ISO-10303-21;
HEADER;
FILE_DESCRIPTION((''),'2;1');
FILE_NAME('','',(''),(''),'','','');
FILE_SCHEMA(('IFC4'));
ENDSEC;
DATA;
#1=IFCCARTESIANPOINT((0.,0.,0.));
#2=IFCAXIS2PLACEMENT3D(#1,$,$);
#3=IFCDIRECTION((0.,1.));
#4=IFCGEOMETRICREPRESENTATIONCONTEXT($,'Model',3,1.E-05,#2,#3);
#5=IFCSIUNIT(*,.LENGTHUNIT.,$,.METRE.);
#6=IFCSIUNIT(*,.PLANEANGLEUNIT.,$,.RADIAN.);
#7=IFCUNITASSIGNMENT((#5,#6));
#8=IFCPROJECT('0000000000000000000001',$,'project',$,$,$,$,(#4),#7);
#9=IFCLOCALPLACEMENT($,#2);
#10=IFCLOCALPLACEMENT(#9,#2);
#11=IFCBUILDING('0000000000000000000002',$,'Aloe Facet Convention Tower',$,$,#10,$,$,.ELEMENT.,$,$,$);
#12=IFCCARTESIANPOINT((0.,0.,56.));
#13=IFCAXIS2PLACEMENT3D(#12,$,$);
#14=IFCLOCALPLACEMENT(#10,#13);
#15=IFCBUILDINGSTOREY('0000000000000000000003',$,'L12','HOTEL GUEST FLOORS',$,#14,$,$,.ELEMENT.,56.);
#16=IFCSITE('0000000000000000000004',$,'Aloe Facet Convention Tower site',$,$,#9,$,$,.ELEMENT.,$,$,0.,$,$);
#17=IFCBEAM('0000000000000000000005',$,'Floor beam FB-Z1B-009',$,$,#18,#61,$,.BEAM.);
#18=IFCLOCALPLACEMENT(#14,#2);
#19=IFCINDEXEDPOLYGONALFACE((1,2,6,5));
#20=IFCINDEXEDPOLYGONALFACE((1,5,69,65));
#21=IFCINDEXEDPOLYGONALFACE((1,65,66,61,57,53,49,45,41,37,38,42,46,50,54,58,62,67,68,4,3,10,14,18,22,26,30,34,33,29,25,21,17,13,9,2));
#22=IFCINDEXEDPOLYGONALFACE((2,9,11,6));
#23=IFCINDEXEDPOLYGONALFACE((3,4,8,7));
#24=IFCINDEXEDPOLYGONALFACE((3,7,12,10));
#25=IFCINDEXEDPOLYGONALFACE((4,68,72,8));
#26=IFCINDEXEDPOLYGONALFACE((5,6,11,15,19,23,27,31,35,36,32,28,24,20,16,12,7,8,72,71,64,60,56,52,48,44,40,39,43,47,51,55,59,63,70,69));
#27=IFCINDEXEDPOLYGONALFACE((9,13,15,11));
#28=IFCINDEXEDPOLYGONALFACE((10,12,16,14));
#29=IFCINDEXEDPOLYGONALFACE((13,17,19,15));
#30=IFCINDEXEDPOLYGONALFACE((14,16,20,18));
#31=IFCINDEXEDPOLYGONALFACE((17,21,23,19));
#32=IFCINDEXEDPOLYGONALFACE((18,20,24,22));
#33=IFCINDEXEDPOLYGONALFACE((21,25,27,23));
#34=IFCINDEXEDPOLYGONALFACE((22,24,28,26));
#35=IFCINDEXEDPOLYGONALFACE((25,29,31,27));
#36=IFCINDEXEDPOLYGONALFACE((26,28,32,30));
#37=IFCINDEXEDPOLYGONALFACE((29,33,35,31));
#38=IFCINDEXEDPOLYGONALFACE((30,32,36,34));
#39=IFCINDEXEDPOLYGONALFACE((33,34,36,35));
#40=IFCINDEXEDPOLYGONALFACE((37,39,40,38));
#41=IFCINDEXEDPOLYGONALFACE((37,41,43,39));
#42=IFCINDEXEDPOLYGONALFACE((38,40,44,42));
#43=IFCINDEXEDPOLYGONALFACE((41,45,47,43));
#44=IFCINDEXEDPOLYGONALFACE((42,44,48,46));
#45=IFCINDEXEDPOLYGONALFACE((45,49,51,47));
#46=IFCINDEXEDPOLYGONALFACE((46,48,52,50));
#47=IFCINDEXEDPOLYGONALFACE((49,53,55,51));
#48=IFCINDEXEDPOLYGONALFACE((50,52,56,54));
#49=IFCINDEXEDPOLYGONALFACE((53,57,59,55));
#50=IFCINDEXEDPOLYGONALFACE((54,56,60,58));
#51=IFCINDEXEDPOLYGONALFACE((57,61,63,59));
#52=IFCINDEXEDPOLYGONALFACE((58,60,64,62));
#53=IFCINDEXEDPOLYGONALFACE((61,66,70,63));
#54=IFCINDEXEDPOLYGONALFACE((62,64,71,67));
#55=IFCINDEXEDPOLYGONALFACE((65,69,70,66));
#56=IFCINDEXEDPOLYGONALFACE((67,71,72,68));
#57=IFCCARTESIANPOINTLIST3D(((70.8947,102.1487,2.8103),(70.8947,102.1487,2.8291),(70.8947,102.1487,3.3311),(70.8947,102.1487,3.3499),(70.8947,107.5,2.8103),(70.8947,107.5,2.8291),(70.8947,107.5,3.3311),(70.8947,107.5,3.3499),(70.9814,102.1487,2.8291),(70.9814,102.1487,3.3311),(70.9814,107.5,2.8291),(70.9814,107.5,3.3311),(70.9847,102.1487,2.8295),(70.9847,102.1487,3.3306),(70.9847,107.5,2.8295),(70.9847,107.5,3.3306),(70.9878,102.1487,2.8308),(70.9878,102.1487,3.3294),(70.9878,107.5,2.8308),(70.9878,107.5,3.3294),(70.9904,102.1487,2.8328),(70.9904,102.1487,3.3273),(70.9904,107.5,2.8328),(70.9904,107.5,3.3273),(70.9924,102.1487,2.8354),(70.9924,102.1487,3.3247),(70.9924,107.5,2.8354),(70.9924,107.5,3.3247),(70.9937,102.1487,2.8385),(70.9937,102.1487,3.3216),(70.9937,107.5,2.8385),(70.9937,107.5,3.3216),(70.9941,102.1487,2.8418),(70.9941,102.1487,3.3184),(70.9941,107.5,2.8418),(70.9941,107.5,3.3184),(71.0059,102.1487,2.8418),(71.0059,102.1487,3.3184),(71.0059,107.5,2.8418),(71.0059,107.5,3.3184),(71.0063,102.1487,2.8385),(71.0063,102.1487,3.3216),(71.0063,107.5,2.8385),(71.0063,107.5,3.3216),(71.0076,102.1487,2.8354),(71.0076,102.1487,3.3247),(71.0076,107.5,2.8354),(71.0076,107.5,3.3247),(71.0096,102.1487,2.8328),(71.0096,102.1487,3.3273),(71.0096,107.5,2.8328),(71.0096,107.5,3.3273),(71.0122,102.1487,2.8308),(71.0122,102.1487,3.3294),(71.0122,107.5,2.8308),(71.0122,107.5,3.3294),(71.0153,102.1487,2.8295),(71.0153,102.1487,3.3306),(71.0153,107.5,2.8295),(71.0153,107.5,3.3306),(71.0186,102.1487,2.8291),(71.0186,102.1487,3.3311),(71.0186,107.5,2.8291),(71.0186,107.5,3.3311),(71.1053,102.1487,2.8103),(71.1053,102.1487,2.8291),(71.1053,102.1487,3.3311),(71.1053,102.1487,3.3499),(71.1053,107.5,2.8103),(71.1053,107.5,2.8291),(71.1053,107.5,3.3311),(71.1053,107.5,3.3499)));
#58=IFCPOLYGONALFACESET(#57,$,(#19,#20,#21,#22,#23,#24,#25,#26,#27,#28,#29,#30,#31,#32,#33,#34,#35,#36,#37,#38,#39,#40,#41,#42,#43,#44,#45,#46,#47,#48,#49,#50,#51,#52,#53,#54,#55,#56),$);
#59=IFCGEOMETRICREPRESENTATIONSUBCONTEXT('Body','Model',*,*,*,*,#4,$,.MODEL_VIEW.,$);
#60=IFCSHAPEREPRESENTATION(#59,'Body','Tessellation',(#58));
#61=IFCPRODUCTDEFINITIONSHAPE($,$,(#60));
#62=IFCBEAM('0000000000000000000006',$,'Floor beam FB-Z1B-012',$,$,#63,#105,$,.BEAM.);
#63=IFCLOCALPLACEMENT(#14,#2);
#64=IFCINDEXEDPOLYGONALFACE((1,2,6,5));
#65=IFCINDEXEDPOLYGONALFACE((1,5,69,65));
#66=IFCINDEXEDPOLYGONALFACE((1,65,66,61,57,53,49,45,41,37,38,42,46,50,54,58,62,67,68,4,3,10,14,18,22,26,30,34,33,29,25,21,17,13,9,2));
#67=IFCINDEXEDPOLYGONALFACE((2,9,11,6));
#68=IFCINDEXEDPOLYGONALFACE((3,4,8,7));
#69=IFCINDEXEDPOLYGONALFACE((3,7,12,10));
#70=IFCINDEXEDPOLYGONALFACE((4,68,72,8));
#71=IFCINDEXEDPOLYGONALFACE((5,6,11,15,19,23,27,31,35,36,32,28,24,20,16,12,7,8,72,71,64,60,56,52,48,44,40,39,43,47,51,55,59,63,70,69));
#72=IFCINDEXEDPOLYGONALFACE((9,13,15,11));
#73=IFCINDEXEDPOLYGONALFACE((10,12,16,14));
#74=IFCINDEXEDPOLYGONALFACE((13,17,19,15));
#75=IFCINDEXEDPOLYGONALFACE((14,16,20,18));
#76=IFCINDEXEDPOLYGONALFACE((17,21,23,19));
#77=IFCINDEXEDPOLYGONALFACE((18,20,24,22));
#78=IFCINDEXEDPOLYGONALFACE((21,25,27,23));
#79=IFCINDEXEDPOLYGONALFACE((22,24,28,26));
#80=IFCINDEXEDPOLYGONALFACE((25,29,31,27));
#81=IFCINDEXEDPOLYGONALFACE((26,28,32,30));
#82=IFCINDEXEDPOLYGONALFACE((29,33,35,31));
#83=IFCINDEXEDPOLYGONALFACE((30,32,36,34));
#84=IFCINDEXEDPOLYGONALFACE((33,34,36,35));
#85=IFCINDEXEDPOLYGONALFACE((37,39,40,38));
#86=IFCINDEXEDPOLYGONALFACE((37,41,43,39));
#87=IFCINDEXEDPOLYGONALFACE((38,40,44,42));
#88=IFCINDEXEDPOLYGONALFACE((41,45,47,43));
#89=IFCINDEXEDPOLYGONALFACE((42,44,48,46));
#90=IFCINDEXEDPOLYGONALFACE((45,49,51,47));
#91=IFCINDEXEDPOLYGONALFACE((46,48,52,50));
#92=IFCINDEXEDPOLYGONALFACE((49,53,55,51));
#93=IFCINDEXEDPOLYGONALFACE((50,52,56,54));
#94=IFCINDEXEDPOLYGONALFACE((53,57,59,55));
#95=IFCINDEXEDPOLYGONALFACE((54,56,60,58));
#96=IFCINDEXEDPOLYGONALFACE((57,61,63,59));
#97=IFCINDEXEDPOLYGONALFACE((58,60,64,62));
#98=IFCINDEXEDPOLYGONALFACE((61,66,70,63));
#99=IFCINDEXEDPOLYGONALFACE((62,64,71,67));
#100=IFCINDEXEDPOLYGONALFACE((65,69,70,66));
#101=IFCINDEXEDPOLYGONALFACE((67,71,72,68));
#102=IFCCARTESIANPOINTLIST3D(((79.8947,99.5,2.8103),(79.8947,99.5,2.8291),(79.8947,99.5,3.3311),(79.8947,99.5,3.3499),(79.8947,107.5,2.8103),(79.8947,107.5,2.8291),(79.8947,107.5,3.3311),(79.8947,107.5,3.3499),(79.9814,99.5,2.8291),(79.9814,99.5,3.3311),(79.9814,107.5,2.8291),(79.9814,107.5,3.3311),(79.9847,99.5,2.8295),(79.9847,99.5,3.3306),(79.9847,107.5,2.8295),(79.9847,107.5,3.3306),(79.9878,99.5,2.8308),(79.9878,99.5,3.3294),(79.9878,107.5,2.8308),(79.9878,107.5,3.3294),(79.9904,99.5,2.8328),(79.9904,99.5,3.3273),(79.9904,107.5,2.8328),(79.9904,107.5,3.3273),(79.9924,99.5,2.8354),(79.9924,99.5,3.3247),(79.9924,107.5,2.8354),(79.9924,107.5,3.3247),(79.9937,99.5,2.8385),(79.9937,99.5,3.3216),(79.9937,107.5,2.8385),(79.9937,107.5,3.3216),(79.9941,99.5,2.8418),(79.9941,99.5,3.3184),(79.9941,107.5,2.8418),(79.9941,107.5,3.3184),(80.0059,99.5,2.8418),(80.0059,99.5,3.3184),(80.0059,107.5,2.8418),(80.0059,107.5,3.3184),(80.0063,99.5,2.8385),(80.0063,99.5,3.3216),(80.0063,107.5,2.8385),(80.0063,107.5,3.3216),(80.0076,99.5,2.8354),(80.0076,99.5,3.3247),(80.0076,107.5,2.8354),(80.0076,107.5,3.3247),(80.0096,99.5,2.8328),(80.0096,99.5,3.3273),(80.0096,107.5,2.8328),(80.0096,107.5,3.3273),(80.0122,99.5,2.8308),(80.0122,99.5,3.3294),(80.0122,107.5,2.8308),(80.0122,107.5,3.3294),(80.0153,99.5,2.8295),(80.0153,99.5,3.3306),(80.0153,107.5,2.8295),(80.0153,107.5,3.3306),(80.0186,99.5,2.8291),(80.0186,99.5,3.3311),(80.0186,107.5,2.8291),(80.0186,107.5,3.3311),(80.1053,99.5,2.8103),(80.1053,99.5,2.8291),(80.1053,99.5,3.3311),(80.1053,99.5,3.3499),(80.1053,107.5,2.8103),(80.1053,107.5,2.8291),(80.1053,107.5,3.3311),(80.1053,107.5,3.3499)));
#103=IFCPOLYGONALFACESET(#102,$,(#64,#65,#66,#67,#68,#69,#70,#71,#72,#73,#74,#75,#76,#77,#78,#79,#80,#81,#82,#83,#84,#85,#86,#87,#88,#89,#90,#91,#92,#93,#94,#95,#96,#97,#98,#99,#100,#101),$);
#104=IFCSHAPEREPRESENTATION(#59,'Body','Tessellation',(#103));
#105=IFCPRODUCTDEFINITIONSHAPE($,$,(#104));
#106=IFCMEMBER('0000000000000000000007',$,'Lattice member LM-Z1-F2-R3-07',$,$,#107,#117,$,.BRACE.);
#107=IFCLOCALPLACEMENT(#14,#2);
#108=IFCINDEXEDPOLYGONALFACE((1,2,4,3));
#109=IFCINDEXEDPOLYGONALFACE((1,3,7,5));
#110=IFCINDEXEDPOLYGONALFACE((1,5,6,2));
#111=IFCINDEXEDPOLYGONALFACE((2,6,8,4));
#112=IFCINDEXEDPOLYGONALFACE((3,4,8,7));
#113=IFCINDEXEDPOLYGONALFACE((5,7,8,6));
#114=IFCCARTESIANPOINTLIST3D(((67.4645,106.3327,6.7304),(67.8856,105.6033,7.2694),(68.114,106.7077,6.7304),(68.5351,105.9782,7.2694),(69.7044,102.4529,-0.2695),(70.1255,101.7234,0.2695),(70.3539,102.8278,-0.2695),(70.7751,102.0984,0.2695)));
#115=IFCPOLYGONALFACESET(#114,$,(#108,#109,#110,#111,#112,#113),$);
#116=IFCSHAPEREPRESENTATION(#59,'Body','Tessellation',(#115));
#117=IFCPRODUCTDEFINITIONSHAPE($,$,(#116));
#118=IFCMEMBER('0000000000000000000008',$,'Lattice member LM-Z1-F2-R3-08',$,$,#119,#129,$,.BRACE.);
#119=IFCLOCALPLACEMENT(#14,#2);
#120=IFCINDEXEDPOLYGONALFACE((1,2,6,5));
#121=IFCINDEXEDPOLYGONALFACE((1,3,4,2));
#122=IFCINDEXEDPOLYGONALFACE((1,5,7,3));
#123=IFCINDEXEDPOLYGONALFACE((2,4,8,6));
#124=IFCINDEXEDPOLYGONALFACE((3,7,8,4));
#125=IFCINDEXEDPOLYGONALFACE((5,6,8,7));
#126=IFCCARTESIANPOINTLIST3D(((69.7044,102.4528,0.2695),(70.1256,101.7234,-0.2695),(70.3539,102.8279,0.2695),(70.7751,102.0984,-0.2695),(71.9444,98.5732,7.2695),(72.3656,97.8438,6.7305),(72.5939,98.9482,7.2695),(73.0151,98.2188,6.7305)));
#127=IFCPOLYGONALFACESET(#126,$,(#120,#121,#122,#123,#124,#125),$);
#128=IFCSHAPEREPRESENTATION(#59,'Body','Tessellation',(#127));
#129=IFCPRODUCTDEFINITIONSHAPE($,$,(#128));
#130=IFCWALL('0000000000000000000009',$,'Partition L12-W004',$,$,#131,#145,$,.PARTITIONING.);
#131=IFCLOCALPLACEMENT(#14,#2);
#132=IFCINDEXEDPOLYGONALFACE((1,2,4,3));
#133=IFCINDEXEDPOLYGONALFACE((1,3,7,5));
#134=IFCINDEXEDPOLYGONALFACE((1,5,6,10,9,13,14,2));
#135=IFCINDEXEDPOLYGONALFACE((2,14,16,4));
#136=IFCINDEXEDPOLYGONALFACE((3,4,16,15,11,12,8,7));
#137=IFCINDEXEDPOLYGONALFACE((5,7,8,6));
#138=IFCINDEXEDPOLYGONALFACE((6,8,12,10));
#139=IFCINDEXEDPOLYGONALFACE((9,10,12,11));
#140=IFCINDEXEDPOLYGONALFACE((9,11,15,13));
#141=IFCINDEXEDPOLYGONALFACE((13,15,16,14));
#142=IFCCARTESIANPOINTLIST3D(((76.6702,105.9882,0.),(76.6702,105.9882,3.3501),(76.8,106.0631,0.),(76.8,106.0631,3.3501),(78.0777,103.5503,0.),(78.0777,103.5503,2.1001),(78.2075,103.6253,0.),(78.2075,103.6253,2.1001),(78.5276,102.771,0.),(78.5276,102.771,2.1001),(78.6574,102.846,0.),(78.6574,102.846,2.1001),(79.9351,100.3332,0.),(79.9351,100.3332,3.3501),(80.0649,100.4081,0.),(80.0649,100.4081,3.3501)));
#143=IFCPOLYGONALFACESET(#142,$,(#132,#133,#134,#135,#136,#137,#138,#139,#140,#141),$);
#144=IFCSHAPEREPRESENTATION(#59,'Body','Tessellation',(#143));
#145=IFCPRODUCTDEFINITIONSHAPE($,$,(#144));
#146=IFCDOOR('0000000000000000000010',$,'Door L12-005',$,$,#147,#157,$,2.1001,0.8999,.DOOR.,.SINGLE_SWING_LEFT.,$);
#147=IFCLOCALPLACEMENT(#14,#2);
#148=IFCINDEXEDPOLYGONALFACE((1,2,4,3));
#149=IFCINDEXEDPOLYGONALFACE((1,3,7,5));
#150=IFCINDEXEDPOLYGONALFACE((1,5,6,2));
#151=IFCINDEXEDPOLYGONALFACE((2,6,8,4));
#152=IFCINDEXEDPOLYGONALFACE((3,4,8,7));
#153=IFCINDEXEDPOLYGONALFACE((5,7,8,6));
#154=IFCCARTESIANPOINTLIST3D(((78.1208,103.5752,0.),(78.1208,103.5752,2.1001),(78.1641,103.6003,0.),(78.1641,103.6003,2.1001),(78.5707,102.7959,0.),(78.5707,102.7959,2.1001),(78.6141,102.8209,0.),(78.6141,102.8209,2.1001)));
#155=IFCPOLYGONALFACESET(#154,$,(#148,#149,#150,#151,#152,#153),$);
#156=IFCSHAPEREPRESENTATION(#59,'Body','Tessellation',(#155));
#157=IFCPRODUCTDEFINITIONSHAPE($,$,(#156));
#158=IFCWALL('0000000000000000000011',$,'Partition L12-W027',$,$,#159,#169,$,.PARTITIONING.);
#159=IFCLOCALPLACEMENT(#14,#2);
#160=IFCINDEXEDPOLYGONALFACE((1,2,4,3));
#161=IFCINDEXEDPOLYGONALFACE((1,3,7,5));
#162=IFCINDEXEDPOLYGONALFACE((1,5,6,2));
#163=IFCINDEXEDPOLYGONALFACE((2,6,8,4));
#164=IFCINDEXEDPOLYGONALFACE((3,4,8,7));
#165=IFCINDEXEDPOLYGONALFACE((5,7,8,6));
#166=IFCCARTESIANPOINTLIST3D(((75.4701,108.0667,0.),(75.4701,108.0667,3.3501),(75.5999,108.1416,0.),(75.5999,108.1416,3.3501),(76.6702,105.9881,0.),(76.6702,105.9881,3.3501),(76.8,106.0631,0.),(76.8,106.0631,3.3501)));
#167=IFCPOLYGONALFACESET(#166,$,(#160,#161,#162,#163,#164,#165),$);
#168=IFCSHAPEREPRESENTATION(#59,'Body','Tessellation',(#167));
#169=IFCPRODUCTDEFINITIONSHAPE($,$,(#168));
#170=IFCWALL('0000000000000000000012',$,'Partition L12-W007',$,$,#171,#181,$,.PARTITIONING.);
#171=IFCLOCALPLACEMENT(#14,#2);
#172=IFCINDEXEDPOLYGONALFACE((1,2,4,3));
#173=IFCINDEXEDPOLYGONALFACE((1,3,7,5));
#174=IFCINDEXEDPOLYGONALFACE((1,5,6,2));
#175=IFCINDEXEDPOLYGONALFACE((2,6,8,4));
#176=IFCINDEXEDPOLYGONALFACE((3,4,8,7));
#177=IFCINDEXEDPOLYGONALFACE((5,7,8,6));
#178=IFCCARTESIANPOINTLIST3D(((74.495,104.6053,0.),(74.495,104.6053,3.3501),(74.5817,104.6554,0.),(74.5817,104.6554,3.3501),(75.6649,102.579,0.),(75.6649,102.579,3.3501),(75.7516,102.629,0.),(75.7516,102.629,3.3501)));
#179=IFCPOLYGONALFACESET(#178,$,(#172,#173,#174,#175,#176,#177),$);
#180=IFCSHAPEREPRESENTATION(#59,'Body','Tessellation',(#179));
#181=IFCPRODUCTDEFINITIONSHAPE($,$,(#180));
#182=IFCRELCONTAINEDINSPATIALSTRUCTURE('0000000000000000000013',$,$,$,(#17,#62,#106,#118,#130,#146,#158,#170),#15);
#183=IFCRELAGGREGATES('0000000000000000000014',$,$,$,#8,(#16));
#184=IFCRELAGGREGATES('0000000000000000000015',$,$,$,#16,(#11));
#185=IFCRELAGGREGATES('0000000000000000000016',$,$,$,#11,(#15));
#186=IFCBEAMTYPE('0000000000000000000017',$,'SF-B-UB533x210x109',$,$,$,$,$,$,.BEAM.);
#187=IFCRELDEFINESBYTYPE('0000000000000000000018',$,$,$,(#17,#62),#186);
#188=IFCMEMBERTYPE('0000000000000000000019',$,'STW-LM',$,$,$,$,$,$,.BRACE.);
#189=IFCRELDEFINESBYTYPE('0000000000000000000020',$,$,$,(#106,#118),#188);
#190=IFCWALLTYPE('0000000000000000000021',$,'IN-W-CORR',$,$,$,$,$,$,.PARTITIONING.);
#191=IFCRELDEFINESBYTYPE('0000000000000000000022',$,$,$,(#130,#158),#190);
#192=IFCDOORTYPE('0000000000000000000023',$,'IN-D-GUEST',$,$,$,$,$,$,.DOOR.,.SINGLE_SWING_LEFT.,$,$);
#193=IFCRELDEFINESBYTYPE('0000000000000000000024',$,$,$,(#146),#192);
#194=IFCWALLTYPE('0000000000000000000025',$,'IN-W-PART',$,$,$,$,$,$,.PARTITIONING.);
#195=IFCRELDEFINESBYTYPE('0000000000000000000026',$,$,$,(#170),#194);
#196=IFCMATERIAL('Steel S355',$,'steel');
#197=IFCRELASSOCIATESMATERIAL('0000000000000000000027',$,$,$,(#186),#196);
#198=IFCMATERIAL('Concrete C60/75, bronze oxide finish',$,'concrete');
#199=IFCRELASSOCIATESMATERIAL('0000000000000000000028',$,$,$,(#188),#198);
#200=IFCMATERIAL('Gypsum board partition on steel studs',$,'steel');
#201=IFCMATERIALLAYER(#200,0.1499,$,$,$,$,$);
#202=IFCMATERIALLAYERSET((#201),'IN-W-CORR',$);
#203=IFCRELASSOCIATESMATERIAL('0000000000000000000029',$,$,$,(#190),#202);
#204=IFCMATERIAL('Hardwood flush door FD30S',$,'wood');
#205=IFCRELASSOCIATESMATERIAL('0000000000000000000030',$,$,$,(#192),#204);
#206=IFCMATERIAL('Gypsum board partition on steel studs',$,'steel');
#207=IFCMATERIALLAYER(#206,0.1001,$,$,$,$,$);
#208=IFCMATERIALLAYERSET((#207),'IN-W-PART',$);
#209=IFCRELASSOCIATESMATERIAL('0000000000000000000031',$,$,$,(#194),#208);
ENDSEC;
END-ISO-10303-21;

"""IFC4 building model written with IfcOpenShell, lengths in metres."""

from ifc_helpers import new_model, si_unit, direction, frame, frame_2d, origin, origin_2d, place, context, subcontext, project, spatial, rectangle, i_section, extrude, material, layer, layer_set, material_profile, profile_set, type_object, element, fill, save


model = new_model("IFC4")

# Units and contexts
model_context = context("Model", 3, precision=1e-05, world=origin(), true_north=direction((0.0, 1.0)))
body_context = subcontext(model_context, "Body", "Model", "MODEL_VIEW")
ifc_project = project(units=[si_unit("LENGTHUNIT", "METRE"), si_unit("PLANEANGLEUNIT", "RADIAN")], contexts=[model_context])

# Site, building, storey
site_placement = place(None, origin())
site = spatial("IfcSite", under=ifc_project, at=site_placement, Name="Aloe Facet Convention Tower site", CompositionType="ELEMENT", RefElevation=0.0)
building_placement = place(site_placement, origin())
building = spatial("IfcBuilding", under=site, at=building_placement, Name="Aloe Facet Convention Tower", CompositionType="ELEMENT")
storey_placement = place(building_placement, frame((0.0, 0.0, 56.0)))
storey = spatial("IfcBuildingStorey", under=building, at=storey_placement, Name="L12", Description="HOTEL GUEST FLOORS", CompositionType="ELEMENT", Elevation=56.0)

# Beams
ifc_material_1 = material(Name="Steel S355", Category="steel")
ifc_material_profile_1 = material_profile(ifc_material_1, i_section(OverallWidth=0.2107, OverallDepth=0.5396, WebThickness=0.0117, FlangeThickness=0.0188, FilletRadius=0.0127, at=origin_2d()), Name="UB 533x210x109")
ifc_profile_set_1 = profile_set([ifc_material_profile_1], Name="Steel S355")
beam_type_1 = type_object("IfcBeamType", Name="SF-B-UB533x210x109", PredefinedType="BEAM", material=ifc_profile_set_1)
beam_1_placement = place(storey_placement, frame((71.0, 107.5, 3.0801), z_axis=(0.0, -1.0, 0.0), x_axis=(1.0, 0.0, 0.0)))
element("IfcBeam", 1, at=beam_1_placement, inside=storey, type_object=beam_type_1, Name="Floor beam FB-Z1B-009", PredefinedType="BEAM", context=body_context, shape_type="SweptSolid", body=[
    extrude(i_section(OverallWidth=0.2107, OverallDepth=0.5396, WebThickness=0.0117, FlangeThickness=0.0188, FilletRadius=0.0127, at=origin_2d()), origin(), (0.0, 0.0, 1.0), 5.3513),
])
beam_2_placement = place(storey_placement, frame((80.0, 107.5, 3.0801), z_axis=(0.0, -1.0, 0.0), x_axis=(1.0, 0.0, 0.0)))
element("IfcBeam", 2, at=beam_2_placement, inside=storey, type_object=beam_type_1, Name="Floor beam FB-Z1B-012", PredefinedType="BEAM", context=body_context, shape_type="SweptSolid", body=[
    extrude(i_section(OverallWidth=0.2107, OverallDepth=0.5396, WebThickness=0.0117, FlangeThickness=0.0188, FilletRadius=0.0127, at=origin_2d()), origin(), (0.0, 0.0, 1.0), 8.0),
])

# Members
ifc_material_2 = material(Name="Concrete C60/75, bronze oxide finish", Category="concrete")
ifc_material_profile_2 = material_profile(ifc_material_2, rectangle(XDim=0.75, YDim=1.0, at=origin_2d()), Name="STW-LM")
ifc_profile_set_2 = profile_set([ifc_material_profile_2], Name="Concrete C60/75, bronze oxide finish")
member_type = type_object("IfcMemberType", Name="STW-LM", PredefinedType="BRACE", material=ifc_profile_set_2)
for number, where, z_axis, x_axis, name in (
    (3, (70.2397, 102.2756, 0.0), (-0.269524, 0.466843, 0.842267), (-0.866031, -0.49999, 0.0), "Lattice member LM-Z1-F2-R3-07"),
    (4, (70.2397, 102.2756, 0.0), (0.269528, -0.46682, 0.842279), (0.866018, 0.500013, 0.0), "Lattice member LM-Z1-F2-R3-08"),
):
    element("IfcMember", number, at=place(storey_placement, frame(where, z_axis=z_axis, x_axis=x_axis)), inside=storey, type_object=member_type, Name=name, PredefinedType="BRACE", context=body_context, shape_type="SweptSolid", body=[
        extrude(rectangle(XDim=0.75, YDim=1.0, at=origin_2d()), origin(), (0.0, 0.0, 1.0), 8.3108),
    ])

# Wall, opening, door
ifc_material_3 = material(Name="Gypsum board partition on steel studs", Category="steel")
ifc_layer_1 = layer(ifc_material_3, 0.1499)
ifc_layer_set_1 = layer_set([ifc_layer_1], Name="IN-W-CORR")
wall_type_1 = type_object("IfcWallType", Name="IN-W-CORR", PredefinedType="PARTITIONING", material=ifc_layer_set_1)
wall_1_placement = place(storey_placement, frame((76.7351, 106.0256, 0.0), z_axis=(0.0, 0.0, 1.0), x_axis=(0.499995, -0.866028, 0.0)))
wall_1 = element("IfcWall", 5, at=wall_1_placement, inside=storey, type_object=wall_type_1, Name="Partition L12-W004", PredefinedType="PARTITIONING", context=body_context, shape_type="SweptSolid", body=[
    extrude(rectangle(XDim=6.5298, YDim=0.1499, at=frame_2d((3.2649, 0.0))), origin(), (0.0, 0.0, 1.0), 3.3501),
])
opening_1_placement = place(wall_1_placement, frame((2.8149, 0.0, 0.0)))
opening_1 = element("IfcOpeningElement", 6, at=opening_1_placement, cuts=wall_1, PredefinedType="OPENING", context=body_context, shape_type="SweptSolid", body=[
    extrude(rectangle(XDim=0.8999, YDim=2.1001, at=frame_2d((0.45, 1.05))), frame((0.0, 0.085, 0.0), z_axis=(0.0, -1.0, 0.0), x_axis=(1.0, 0.0, 0.0)), (0.0, 0.0, 1.0), 0.1699),
])
ifc_material_4 = material(Name="Hardwood flush door FD30S", Category="wood")
door_type_1 = type_object("IfcDoorType", Name="IN-D-GUEST", OperationType="SINGLE_SWING_LEFT", PredefinedType="DOOR", material=ifc_material_4)
door_1_placement = place(opening_1_placement, origin())
door_1 = element("IfcDoor", 7, at=door_1_placement, inside=storey, type_object=door_type_1, Name="Door L12-005", OperationType="SINGLE_SWING_LEFT", OverallHeight=2.1001, OverallWidth=0.8999, PredefinedType="DOOR", context=body_context, shape_type="SweptSolid", body=[
    extrude(rectangle(XDim=0.8999, YDim=2.1001, at=frame_2d((0.45, 1.05))), frame((0.0, 0.0249, 0.0), z_axis=(0.0, -1.0, 0.0), x_axis=(1.0, 0.0, 0.0)), (0.0, 0.0, 1.0), 0.05),
])
fill(opening_1, door_1)

# Walls
wall_2_placement = place(storey_placement, frame((75.5349, 108.1042, 0.0), z_axis=(0.0, 0.0, 1.0), x_axis=(0.500034, -0.866006, 0.0)))
element("IfcWall", 8, at=wall_2_placement, inside=storey, type_object=wall_type_1, Name="Partition L12-W027", PredefinedType="PARTITIONING", context=body_context, shape_type="SweptSolid", body=[
    extrude(rectangle(XDim=2.4001, YDim=0.1499, at=frame_2d((1.2002, 0.0))), origin(), (0.0, 0.0, 1.0), 3.3501),
])
ifc_material_5 = material(Name="Gypsum board partition on steel studs", Category="steel")
ifc_layer_2 = layer(ifc_material_5, 0.1001)
ifc_layer_set_2 = layer_set([ifc_layer_2], Name="IN-W-PART")
wall_type_2 = type_object("IfcWallType", Name="IN-W-PART", PredefinedType="PARTITIONING", material=ifc_layer_set_2)
wall_3_placement = place(storey_placement, frame((74.5383, 104.6304, 0.0), z_axis=(0.0, 0.0, 1.0), x_axis=(0.499999, -0.866026, 0.0)))
element("IfcWall", 9, at=wall_3_placement, inside=storey, type_object=wall_type_2, Name="Partition L12-W007", PredefinedType="PARTITIONING", context=body_context, shape_type="SweptSolid", body=[
    extrude(rectangle(XDim=2.3398, YDim=0.1001, at=frame_2d((1.1699, 0.0))), origin(), (0.0, 0.0, 1.0), 3.3501),
])

save(model, "model.ifc")
